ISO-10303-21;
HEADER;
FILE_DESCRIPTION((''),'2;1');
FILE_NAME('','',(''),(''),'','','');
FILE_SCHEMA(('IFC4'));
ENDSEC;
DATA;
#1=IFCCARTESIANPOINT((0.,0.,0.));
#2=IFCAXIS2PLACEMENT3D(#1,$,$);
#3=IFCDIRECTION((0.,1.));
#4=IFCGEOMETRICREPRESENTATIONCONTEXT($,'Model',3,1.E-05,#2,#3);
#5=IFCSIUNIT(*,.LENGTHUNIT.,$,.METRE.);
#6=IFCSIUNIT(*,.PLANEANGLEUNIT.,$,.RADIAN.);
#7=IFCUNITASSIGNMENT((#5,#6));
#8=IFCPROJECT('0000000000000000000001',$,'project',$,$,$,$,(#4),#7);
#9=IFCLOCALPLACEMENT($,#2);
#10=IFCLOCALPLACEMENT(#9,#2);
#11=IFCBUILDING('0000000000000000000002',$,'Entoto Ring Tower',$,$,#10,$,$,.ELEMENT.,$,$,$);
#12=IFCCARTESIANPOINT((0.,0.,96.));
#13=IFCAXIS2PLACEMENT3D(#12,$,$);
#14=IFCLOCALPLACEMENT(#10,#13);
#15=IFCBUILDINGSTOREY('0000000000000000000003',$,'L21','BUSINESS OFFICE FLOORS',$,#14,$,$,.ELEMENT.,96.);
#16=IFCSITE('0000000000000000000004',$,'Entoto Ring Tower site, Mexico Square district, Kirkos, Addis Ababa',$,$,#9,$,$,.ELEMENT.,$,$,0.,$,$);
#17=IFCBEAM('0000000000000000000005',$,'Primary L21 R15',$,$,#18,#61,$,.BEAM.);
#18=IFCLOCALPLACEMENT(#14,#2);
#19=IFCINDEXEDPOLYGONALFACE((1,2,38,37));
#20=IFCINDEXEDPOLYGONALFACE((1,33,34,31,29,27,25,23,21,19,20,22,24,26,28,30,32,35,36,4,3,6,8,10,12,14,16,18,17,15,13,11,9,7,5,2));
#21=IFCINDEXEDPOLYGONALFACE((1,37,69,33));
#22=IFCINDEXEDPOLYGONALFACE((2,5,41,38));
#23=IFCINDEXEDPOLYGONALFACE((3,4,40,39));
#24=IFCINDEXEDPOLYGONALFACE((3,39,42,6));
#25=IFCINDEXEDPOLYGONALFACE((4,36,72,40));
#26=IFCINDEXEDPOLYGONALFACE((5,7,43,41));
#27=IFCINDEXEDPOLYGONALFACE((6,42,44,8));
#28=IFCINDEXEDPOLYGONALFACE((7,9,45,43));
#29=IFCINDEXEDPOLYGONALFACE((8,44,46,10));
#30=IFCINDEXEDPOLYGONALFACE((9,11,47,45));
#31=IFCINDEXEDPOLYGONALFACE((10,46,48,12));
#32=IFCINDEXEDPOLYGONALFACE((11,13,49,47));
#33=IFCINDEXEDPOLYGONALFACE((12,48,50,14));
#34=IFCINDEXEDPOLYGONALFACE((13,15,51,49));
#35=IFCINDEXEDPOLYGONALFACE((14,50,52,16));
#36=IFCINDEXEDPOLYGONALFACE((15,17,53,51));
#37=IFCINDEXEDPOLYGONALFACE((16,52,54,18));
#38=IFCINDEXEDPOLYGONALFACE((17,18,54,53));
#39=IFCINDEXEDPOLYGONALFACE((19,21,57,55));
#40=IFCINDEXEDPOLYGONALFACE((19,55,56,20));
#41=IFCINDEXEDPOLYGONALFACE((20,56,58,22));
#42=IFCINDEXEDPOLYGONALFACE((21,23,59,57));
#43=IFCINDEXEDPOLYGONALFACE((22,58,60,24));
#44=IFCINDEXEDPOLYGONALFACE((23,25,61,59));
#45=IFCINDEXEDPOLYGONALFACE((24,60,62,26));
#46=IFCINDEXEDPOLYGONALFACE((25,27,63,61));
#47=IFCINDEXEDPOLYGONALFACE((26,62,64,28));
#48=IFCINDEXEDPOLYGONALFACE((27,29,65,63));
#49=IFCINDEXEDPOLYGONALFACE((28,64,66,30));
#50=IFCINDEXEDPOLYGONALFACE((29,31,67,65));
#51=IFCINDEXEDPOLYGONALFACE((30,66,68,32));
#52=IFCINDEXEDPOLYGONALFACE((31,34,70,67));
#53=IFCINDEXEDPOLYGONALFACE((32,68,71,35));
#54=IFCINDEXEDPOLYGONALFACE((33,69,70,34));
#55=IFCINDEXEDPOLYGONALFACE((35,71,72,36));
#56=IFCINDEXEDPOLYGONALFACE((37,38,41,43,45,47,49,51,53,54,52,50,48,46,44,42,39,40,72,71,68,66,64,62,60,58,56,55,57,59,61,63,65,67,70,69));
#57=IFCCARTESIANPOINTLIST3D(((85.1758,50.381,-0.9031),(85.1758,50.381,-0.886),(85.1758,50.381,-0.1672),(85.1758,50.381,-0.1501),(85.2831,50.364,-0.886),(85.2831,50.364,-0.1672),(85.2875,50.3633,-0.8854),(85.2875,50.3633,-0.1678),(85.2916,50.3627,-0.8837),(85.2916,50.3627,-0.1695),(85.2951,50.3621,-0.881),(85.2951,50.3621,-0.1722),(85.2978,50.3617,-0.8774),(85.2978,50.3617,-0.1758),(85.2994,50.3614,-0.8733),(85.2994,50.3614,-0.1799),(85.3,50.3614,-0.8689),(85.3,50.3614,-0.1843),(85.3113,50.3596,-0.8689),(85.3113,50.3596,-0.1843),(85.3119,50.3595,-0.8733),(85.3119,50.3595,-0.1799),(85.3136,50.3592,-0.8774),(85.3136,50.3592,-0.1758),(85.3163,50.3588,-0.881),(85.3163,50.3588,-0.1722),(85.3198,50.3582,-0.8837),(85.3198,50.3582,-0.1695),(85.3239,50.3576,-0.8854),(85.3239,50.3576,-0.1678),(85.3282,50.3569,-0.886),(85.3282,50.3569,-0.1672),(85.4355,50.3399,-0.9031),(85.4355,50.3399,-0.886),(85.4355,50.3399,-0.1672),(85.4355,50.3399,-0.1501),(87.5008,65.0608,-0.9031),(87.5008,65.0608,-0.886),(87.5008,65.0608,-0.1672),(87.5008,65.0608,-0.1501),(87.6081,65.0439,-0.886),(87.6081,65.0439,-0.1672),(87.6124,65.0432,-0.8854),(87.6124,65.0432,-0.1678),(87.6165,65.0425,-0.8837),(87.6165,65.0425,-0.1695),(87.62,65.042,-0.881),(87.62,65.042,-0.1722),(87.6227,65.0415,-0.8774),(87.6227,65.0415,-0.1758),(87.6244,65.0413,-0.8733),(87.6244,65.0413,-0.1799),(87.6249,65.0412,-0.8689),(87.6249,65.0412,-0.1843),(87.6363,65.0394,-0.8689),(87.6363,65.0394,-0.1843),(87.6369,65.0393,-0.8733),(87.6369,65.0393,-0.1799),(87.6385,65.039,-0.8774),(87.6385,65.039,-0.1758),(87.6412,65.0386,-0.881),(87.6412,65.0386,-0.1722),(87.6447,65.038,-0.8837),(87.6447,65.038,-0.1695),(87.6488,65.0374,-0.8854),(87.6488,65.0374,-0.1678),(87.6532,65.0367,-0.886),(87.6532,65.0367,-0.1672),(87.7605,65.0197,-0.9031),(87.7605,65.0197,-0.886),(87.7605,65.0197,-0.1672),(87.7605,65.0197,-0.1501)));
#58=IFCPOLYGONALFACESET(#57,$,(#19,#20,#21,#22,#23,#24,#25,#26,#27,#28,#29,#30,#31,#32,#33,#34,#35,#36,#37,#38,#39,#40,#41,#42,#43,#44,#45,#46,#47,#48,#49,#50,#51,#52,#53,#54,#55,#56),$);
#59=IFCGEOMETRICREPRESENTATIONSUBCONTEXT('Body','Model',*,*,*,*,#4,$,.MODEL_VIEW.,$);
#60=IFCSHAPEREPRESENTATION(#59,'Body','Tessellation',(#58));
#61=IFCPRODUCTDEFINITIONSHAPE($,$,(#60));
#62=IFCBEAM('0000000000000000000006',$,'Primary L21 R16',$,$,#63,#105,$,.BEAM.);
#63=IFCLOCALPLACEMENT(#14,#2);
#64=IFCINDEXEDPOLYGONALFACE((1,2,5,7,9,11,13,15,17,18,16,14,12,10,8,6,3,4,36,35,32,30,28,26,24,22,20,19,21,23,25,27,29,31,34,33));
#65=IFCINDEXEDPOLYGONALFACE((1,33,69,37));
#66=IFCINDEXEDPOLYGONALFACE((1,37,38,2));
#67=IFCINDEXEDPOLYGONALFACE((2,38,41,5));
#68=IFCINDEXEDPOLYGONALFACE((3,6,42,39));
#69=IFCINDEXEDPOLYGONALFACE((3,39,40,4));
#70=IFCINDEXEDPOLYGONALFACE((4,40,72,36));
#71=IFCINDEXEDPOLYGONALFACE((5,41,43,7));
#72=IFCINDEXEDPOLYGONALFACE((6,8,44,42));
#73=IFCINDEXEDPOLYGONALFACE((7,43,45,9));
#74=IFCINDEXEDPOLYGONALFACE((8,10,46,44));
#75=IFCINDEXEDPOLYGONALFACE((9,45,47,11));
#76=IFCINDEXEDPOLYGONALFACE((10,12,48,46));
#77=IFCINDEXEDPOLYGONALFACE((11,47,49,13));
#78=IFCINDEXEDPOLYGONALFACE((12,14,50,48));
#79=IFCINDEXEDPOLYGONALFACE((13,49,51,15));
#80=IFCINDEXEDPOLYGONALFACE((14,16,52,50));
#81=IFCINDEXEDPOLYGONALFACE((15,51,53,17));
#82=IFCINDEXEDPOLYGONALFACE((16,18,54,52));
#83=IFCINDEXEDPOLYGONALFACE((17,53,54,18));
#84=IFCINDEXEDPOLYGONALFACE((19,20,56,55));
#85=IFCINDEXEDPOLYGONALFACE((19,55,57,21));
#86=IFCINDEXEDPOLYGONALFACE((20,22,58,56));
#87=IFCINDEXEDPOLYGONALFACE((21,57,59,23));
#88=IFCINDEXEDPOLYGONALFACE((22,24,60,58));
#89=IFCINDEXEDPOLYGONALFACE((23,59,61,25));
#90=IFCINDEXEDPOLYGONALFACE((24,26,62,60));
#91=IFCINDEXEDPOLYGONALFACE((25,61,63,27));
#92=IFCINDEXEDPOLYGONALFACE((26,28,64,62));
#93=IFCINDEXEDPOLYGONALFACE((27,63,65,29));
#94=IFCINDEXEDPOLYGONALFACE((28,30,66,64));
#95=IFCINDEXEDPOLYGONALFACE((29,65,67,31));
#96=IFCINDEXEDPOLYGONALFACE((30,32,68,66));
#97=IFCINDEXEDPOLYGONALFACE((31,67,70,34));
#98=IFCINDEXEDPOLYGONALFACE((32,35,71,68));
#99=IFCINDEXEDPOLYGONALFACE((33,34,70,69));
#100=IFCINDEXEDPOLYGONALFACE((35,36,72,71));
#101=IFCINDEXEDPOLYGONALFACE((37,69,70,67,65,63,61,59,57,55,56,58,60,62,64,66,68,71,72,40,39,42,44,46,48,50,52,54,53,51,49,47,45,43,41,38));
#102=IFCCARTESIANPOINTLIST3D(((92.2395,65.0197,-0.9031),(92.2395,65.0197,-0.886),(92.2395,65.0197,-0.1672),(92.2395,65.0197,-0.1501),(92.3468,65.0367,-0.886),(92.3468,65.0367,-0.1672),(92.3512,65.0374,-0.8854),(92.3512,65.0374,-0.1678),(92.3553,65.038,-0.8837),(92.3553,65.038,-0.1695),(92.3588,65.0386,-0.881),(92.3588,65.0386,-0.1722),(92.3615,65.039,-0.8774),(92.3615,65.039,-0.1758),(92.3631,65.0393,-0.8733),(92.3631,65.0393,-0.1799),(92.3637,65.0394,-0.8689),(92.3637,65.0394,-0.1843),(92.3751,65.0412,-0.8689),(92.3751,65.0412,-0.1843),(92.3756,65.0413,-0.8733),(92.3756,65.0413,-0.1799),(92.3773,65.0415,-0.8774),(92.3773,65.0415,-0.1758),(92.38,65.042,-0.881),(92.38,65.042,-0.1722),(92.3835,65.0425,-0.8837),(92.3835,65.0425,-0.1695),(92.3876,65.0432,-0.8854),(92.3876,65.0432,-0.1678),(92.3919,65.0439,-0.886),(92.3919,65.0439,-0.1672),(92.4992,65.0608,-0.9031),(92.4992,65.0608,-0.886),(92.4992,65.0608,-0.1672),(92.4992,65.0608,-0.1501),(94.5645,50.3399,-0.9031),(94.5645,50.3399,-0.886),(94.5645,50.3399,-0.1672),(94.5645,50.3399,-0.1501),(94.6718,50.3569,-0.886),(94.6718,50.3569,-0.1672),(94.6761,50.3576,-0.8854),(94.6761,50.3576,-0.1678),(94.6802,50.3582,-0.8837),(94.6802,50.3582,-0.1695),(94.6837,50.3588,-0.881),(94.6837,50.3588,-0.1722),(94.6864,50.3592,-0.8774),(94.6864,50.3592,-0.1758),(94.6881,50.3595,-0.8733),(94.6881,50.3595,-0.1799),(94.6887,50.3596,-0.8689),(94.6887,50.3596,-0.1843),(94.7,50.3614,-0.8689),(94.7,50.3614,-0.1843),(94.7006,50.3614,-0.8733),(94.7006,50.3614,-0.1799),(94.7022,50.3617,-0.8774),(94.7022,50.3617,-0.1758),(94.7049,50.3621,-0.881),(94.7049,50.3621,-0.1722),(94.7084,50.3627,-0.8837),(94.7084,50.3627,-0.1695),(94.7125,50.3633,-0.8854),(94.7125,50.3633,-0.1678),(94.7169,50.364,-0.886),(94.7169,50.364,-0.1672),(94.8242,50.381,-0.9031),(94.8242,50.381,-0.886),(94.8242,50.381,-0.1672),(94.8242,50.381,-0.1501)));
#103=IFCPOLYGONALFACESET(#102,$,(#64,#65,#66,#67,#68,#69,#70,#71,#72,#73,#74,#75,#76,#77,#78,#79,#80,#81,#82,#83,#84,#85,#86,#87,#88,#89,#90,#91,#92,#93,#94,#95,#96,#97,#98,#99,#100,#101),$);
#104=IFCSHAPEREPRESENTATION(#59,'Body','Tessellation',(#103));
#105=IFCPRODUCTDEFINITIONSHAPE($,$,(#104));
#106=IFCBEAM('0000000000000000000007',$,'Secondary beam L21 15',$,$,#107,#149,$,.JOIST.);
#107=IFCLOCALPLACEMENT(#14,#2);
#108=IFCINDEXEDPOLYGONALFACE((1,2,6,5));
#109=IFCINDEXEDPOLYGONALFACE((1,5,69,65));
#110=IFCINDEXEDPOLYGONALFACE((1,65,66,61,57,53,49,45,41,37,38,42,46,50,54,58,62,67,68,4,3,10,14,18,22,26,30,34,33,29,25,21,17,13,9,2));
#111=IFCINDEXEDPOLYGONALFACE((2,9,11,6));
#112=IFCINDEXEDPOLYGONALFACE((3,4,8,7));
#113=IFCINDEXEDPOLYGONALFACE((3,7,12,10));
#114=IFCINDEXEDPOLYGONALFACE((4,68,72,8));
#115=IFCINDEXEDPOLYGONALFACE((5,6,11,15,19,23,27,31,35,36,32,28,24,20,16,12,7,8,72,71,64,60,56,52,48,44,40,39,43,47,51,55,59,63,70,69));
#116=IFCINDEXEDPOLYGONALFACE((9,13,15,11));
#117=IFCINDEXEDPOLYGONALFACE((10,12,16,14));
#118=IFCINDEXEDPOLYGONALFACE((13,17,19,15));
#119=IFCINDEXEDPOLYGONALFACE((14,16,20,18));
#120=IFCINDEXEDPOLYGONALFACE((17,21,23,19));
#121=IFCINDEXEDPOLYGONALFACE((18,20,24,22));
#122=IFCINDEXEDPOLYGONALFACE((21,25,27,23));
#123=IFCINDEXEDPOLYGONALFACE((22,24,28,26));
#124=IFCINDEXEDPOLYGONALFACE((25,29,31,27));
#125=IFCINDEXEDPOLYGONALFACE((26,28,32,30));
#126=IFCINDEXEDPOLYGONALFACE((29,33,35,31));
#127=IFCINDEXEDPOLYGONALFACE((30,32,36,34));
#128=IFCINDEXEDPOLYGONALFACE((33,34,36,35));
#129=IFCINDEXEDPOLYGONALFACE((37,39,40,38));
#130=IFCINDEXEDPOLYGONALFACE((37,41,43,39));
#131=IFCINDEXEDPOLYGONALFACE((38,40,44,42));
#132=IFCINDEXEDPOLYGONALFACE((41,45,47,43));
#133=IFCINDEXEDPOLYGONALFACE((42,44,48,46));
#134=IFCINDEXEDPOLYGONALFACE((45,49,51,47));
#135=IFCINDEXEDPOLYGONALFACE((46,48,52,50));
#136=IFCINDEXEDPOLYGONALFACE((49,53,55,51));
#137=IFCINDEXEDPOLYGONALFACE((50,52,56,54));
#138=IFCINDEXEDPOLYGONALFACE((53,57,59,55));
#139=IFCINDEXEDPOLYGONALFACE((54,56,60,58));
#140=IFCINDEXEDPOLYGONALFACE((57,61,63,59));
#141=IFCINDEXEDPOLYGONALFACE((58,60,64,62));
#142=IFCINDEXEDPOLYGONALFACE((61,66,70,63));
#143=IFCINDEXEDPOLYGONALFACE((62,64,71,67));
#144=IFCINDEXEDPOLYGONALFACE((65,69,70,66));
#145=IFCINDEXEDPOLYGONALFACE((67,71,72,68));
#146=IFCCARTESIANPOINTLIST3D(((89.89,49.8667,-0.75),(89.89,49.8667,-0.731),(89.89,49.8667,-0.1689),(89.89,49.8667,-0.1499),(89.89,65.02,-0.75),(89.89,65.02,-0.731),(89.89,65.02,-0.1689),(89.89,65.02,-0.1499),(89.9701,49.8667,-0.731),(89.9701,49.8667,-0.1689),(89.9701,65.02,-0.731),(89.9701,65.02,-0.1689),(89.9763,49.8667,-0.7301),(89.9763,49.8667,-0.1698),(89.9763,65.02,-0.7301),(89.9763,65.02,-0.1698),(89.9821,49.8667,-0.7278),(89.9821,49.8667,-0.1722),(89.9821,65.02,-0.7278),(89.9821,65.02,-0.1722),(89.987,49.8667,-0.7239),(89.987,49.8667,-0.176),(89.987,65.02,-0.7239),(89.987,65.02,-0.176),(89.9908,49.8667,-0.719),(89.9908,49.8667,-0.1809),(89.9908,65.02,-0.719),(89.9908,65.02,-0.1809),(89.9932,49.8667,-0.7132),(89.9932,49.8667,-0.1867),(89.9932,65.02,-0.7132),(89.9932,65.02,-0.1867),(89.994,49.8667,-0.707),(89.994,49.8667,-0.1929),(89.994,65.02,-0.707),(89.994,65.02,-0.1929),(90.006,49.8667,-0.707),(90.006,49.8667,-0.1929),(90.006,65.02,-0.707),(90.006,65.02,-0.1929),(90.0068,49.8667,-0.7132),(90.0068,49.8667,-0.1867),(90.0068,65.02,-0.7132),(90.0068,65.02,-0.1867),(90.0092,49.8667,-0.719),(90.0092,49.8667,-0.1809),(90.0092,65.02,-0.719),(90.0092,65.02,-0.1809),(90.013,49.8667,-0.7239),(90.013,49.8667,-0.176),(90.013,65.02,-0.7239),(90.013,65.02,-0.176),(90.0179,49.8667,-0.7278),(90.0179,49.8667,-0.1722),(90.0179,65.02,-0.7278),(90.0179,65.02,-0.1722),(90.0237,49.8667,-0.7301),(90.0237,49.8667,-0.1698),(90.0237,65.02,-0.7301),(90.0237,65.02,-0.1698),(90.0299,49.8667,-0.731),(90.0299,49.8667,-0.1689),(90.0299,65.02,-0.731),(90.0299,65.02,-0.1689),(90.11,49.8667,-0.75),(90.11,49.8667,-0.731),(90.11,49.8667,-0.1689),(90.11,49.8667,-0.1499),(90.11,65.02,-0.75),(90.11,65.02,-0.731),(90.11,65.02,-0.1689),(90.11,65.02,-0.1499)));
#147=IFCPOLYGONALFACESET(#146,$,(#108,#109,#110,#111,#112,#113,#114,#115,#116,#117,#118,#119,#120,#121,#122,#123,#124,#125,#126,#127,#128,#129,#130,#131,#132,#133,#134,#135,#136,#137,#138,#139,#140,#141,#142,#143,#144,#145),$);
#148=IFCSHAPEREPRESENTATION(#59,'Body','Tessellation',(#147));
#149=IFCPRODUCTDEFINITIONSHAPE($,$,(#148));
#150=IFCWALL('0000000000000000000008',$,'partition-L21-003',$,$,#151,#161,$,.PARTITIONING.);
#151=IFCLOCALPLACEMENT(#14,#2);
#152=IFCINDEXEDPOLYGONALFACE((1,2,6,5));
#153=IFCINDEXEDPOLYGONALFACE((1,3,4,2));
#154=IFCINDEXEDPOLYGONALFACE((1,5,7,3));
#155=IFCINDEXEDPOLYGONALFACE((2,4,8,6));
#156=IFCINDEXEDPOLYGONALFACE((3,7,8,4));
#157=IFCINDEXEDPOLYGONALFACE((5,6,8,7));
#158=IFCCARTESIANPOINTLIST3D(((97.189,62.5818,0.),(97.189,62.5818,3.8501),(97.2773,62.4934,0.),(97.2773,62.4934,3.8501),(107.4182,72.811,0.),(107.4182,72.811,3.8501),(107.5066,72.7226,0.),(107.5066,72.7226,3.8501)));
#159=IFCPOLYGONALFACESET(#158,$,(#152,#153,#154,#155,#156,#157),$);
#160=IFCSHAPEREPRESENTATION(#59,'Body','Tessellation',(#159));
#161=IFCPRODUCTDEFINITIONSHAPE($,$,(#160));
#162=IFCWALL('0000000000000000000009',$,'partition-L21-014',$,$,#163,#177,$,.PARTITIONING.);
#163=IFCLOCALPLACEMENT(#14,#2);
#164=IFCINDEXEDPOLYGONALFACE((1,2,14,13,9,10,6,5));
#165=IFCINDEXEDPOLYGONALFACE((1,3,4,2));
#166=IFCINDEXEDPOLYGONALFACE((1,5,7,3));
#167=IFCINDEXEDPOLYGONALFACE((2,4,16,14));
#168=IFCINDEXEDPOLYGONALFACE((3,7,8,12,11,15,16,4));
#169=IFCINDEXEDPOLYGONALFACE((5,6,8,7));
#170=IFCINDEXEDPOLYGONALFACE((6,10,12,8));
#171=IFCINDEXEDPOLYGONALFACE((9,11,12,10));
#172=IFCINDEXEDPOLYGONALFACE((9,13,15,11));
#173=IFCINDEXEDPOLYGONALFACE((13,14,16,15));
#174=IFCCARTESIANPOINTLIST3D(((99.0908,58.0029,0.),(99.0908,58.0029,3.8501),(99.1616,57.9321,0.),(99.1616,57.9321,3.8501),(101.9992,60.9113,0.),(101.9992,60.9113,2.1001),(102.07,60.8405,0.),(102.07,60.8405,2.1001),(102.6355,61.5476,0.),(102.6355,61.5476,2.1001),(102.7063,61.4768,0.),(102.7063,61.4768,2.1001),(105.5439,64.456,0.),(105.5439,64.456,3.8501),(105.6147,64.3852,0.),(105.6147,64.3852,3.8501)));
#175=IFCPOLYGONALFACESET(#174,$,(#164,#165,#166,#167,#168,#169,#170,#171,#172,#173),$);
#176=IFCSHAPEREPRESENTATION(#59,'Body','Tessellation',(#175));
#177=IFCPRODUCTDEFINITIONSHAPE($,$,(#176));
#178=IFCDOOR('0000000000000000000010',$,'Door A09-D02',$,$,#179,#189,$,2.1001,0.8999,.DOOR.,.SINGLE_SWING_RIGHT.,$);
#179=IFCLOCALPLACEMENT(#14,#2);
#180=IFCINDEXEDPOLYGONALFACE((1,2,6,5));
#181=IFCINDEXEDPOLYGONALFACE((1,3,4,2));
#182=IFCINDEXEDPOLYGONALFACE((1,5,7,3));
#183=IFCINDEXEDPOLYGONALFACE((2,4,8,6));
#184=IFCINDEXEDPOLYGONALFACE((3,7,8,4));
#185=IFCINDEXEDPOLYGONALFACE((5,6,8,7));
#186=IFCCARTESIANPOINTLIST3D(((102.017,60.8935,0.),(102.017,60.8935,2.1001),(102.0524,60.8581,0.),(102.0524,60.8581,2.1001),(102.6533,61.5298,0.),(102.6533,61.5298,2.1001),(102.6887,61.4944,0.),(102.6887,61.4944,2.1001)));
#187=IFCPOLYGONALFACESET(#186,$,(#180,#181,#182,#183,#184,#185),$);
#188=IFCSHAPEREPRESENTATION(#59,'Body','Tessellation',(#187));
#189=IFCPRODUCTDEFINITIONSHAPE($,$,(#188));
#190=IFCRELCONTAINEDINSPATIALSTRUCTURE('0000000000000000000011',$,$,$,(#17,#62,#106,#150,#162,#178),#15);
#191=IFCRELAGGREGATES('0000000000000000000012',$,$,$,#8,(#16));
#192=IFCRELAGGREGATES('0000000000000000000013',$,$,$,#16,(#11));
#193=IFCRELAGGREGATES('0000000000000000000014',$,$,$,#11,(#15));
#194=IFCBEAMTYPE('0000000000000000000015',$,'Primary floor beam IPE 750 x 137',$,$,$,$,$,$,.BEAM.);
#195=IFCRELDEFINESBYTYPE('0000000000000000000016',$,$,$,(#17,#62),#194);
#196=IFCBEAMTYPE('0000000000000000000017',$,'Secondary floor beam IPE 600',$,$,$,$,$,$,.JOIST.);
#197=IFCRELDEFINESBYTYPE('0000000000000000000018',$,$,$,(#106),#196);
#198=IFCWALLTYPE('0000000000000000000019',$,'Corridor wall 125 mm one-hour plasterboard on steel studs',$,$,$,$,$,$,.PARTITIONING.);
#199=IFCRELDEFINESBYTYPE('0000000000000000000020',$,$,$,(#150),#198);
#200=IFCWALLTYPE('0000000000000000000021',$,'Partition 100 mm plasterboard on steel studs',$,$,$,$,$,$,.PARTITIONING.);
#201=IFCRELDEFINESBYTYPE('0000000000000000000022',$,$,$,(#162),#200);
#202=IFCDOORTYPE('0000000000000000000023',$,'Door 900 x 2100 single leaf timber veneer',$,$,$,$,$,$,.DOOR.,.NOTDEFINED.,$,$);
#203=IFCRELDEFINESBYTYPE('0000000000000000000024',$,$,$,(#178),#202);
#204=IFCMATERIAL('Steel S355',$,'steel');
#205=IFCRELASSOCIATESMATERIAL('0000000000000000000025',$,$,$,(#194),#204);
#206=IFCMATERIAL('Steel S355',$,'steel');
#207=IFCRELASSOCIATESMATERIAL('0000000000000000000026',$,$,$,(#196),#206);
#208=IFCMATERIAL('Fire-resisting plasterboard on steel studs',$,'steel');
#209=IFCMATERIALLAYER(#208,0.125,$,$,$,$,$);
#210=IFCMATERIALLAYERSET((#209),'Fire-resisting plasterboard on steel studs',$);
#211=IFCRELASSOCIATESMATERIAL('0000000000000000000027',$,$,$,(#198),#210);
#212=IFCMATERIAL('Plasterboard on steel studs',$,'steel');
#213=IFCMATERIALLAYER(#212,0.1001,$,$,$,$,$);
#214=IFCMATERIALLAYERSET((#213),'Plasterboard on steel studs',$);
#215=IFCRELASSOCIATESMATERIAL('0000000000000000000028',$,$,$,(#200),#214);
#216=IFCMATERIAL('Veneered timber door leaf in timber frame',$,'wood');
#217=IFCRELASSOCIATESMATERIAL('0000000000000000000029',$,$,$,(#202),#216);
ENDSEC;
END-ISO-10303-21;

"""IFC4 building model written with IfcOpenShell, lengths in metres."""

from ifc_helpers import new_model, si_unit, direction, frame, frame_2d, origin, origin_2d, place, context, subcontext, project, spatial, rectangle, i_section, extrude, material, layer, layer_set, material_profile, profile_set, type_object, element, fill, save


model = new_model("IFC4")

# Units and contexts
model_context = context("Model", 3, precision=1e-05, world=origin(), true_north=direction((0.0, 1.0)))
body_context = subcontext(model_context, "Body", "Model", "MODEL_VIEW")
ifc_project = project(units=[si_unit("LENGTHUNIT", "METRE"), si_unit("PLANEANGLEUNIT", "RADIAN")], contexts=[model_context])

# Site, building, storey
site_placement = place(None, origin())
site = spatial("IfcSite", under=ifc_project, at=site_placement, Name="Entoto Ring Tower site, Mexico Square district, Kirkos, Addis Ababa", CompositionType="ELEMENT", RefElevation=0.0)
building_placement = place(site_placement, origin())
building = spatial("IfcBuilding", under=site, at=building_placement, Name="Entoto Ring Tower", CompositionType="ELEMENT")
storey_placement = place(building_placement, frame((0.0, 0.0, 96.0)))
storey = spatial("IfcBuildingStorey", under=building, at=storey_placement, Name="L21", Description="BUSINESS OFFICE FLOORS", CompositionType="ELEMENT", Elevation=96.0)

# Beams
ifc_material_1 = material(Name="Steel S355", Category="steel")
ifc_material_profile_1 = material_profile(ifc_material_1, i_section(OverallWidth=0.2629, OverallDepth=0.7529, WebThickness=0.0115, FlangeThickness=0.0171, FilletRadius=0.0171, at=origin_2d()), Name="IPE 750 x 137")
ifc_profile_set_1 = profile_set([ifc_material_profile_1], Name="Steel S355")
beam_type_1 = type_object("IfcBeamType", Name="Primary floor beam IPE 750 x 137", PredefinedType="BEAM", material=ifc_profile_set_1)
for number, where, z_axis, x_axis, name in (
    (1, (87.6306, 65.0403, -0.5266), (-0.156426, -0.98769, 0.0), (0.98769, -0.156426, 0.0), "Primary L21 R15"),
    (2, (92.3694, 65.0403, -0.5266), (0.156426, -0.98769, 0.0), (0.98769, 0.156426, 0.0), "Primary L21 R16"),
):
    element("IfcBeam", number, at=place(storey_placement, frame(where, z_axis=z_axis, x_axis=x_axis)), inside=storey, type_object=beam_type_1, Name=name, PredefinedType="BEAM", context=body_context, shape_type="SweptSolid", body=[
        extrude(i_section(OverallWidth=0.2629, OverallDepth=0.7529, WebThickness=0.0115, FlangeThickness=0.0171, FilletRadius=0.0171, at=origin_2d()), origin(), (0.0, 0.0, 1.0), 14.8628),
    ])
ifc_material_2 = material(Name="Steel S355", Category="steel")
ifc_material_profile_2 = material_profile(ifc_material_2, i_section(OverallWidth=0.22, OverallDepth=0.6001, WebThickness=0.012, FlangeThickness=0.019, FilletRadius=0.0239, at=origin_2d()), Name="IPE 600")
ifc_profile_set_2 = profile_set([ifc_material_profile_2], Name="Steel S355")
beam_type_2 = type_object("IfcBeamType", Name="Secondary floor beam IPE 600", PredefinedType="JOIST", material=ifc_profile_set_2)
beam_placement = place(storey_placement, frame((90.0, 65.02, -0.45), z_axis=(0.0, -1.0, 0.0), x_axis=(1.0, 0.0, 0.0)))
element("IfcBeam", 3, at=beam_placement, inside=storey, type_object=beam_type_2, Name="Secondary beam L21 15", PredefinedType="JOIST", context=body_context, shape_type="SweptSolid", body=[
    extrude(i_section(OverallWidth=0.22, OverallDepth=0.6001, WebThickness=0.012, FlangeThickness=0.019, FilletRadius=0.0239, at=origin_2d()), origin(), (0.0, 0.0, 1.0), 15.1533),
])

# Wall
ifc_material_3 = material(Name="Fire-resisting plasterboard on steel studs", Category="steel")
ifc_layer_1 = layer(ifc_material_3, 0.125)
ifc_layer_set_1 = layer_set([ifc_layer_1], Name="Fire-resisting plasterboard on steel studs")
wall_type_1 = type_object("IfcWallType", Name="Corridor wall 125 mm one-hour plasterboard on steel studs", PredefinedType="PARTITIONING", material=ifc_layer_set_1)
wall_1_placement = place(storey_placement, frame((97.2332, 62.5376, 0.0), z_axis=(0.0, 0.0, 1.0), x_axis=(0.707107, 0.707107, 0.0)))
element("IfcWall", 4, at=wall_1_placement, inside=storey, type_object=wall_type_1, Name="partition-L21-003", PredefinedType="PARTITIONING", context=body_context, shape_type="SweptSolid", body=[
    extrude(rectangle(XDim=14.4663, YDim=0.125, at=frame_2d((7.2332, 0.0))), origin(), (0.0, 0.0, 1.0), 3.8501),
])

# Wall, opening, door
ifc_material_4 = material(Name="Plasterboard on steel studs", Category="steel")
ifc_layer_2 = layer(ifc_material_4, 0.1001)
ifc_layer_set_2 = layer_set([ifc_layer_2], Name="Plasterboard on steel studs")
wall_type_2 = type_object("IfcWallType", Name="Partition 100 mm plasterboard on steel studs", PredefinedType="PARTITIONING", material=ifc_layer_set_2)
wall_2_placement = place(storey_placement, frame((99.1262, 57.9675, 0.0), z_axis=(0.0, 0.0, 1.0), x_axis=(0.707107, 0.707107, 0.0)))
wall_2 = element("IfcWall", 5, at=wall_2_placement, inside=storey, type_object=wall_type_2, Name="partition-L21-014", PredefinedType="PARTITIONING", context=body_context, shape_type="SweptSolid", body=[
    extrude(rectangle(XDim=9.126, YDim=0.1001, at=frame_2d((4.563, 0.0))), origin(), (0.0, 0.0, 1.0), 3.8501),
])
opening_placement = place(wall_2_placement, frame((4.113, 0.0, 0.0)))
opening = element("IfcOpeningElement", 6, at=opening_placement, cuts=wall_2, PredefinedType="OPENING", context=body_context, shape_type="SweptSolid", body=[
    extrude(rectangle(XDim=0.8999, YDim=2.1001, at=frame_2d((0.45, 1.05))), frame((0.0, 0.0601, 0.0), z_axis=(0.0, -1.0, 0.0), x_axis=(1.0, 0.0, 0.0)), (0.0, 0.0, 1.0), 0.1201),
])
ifc_material_5 = material(Name="Veneered timber door leaf in timber frame", Category="wood")
door_type = type_object("IfcDoorType", Name="Door 900 x 2100 single leaf timber veneer", OperationType="NOTDEFINED", PredefinedType="DOOR", material=ifc_material_5)
door_placement = place(opening_placement, origin())
door = element("IfcDoor", 7, at=door_placement, inside=storey, type_object=door_type, Name="Door A09-D02", OperationType="SINGLE_SWING_RIGHT", OverallHeight=2.1001, OverallWidth=0.8999, PredefinedType="DOOR", context=body_context, shape_type="SweptSolid", body=[
    extrude(rectangle(XDim=0.8999, YDim=2.1001, at=frame_2d((0.45, 1.05))), frame((0.0, 0.0249, 0.0), z_axis=(0.0, -1.0, 0.0), x_axis=(1.0, 0.0, 0.0)), (0.0, 0.0, 1.0), 0.05),
])
fill(opening, door)

save(model, "model.ifc")
